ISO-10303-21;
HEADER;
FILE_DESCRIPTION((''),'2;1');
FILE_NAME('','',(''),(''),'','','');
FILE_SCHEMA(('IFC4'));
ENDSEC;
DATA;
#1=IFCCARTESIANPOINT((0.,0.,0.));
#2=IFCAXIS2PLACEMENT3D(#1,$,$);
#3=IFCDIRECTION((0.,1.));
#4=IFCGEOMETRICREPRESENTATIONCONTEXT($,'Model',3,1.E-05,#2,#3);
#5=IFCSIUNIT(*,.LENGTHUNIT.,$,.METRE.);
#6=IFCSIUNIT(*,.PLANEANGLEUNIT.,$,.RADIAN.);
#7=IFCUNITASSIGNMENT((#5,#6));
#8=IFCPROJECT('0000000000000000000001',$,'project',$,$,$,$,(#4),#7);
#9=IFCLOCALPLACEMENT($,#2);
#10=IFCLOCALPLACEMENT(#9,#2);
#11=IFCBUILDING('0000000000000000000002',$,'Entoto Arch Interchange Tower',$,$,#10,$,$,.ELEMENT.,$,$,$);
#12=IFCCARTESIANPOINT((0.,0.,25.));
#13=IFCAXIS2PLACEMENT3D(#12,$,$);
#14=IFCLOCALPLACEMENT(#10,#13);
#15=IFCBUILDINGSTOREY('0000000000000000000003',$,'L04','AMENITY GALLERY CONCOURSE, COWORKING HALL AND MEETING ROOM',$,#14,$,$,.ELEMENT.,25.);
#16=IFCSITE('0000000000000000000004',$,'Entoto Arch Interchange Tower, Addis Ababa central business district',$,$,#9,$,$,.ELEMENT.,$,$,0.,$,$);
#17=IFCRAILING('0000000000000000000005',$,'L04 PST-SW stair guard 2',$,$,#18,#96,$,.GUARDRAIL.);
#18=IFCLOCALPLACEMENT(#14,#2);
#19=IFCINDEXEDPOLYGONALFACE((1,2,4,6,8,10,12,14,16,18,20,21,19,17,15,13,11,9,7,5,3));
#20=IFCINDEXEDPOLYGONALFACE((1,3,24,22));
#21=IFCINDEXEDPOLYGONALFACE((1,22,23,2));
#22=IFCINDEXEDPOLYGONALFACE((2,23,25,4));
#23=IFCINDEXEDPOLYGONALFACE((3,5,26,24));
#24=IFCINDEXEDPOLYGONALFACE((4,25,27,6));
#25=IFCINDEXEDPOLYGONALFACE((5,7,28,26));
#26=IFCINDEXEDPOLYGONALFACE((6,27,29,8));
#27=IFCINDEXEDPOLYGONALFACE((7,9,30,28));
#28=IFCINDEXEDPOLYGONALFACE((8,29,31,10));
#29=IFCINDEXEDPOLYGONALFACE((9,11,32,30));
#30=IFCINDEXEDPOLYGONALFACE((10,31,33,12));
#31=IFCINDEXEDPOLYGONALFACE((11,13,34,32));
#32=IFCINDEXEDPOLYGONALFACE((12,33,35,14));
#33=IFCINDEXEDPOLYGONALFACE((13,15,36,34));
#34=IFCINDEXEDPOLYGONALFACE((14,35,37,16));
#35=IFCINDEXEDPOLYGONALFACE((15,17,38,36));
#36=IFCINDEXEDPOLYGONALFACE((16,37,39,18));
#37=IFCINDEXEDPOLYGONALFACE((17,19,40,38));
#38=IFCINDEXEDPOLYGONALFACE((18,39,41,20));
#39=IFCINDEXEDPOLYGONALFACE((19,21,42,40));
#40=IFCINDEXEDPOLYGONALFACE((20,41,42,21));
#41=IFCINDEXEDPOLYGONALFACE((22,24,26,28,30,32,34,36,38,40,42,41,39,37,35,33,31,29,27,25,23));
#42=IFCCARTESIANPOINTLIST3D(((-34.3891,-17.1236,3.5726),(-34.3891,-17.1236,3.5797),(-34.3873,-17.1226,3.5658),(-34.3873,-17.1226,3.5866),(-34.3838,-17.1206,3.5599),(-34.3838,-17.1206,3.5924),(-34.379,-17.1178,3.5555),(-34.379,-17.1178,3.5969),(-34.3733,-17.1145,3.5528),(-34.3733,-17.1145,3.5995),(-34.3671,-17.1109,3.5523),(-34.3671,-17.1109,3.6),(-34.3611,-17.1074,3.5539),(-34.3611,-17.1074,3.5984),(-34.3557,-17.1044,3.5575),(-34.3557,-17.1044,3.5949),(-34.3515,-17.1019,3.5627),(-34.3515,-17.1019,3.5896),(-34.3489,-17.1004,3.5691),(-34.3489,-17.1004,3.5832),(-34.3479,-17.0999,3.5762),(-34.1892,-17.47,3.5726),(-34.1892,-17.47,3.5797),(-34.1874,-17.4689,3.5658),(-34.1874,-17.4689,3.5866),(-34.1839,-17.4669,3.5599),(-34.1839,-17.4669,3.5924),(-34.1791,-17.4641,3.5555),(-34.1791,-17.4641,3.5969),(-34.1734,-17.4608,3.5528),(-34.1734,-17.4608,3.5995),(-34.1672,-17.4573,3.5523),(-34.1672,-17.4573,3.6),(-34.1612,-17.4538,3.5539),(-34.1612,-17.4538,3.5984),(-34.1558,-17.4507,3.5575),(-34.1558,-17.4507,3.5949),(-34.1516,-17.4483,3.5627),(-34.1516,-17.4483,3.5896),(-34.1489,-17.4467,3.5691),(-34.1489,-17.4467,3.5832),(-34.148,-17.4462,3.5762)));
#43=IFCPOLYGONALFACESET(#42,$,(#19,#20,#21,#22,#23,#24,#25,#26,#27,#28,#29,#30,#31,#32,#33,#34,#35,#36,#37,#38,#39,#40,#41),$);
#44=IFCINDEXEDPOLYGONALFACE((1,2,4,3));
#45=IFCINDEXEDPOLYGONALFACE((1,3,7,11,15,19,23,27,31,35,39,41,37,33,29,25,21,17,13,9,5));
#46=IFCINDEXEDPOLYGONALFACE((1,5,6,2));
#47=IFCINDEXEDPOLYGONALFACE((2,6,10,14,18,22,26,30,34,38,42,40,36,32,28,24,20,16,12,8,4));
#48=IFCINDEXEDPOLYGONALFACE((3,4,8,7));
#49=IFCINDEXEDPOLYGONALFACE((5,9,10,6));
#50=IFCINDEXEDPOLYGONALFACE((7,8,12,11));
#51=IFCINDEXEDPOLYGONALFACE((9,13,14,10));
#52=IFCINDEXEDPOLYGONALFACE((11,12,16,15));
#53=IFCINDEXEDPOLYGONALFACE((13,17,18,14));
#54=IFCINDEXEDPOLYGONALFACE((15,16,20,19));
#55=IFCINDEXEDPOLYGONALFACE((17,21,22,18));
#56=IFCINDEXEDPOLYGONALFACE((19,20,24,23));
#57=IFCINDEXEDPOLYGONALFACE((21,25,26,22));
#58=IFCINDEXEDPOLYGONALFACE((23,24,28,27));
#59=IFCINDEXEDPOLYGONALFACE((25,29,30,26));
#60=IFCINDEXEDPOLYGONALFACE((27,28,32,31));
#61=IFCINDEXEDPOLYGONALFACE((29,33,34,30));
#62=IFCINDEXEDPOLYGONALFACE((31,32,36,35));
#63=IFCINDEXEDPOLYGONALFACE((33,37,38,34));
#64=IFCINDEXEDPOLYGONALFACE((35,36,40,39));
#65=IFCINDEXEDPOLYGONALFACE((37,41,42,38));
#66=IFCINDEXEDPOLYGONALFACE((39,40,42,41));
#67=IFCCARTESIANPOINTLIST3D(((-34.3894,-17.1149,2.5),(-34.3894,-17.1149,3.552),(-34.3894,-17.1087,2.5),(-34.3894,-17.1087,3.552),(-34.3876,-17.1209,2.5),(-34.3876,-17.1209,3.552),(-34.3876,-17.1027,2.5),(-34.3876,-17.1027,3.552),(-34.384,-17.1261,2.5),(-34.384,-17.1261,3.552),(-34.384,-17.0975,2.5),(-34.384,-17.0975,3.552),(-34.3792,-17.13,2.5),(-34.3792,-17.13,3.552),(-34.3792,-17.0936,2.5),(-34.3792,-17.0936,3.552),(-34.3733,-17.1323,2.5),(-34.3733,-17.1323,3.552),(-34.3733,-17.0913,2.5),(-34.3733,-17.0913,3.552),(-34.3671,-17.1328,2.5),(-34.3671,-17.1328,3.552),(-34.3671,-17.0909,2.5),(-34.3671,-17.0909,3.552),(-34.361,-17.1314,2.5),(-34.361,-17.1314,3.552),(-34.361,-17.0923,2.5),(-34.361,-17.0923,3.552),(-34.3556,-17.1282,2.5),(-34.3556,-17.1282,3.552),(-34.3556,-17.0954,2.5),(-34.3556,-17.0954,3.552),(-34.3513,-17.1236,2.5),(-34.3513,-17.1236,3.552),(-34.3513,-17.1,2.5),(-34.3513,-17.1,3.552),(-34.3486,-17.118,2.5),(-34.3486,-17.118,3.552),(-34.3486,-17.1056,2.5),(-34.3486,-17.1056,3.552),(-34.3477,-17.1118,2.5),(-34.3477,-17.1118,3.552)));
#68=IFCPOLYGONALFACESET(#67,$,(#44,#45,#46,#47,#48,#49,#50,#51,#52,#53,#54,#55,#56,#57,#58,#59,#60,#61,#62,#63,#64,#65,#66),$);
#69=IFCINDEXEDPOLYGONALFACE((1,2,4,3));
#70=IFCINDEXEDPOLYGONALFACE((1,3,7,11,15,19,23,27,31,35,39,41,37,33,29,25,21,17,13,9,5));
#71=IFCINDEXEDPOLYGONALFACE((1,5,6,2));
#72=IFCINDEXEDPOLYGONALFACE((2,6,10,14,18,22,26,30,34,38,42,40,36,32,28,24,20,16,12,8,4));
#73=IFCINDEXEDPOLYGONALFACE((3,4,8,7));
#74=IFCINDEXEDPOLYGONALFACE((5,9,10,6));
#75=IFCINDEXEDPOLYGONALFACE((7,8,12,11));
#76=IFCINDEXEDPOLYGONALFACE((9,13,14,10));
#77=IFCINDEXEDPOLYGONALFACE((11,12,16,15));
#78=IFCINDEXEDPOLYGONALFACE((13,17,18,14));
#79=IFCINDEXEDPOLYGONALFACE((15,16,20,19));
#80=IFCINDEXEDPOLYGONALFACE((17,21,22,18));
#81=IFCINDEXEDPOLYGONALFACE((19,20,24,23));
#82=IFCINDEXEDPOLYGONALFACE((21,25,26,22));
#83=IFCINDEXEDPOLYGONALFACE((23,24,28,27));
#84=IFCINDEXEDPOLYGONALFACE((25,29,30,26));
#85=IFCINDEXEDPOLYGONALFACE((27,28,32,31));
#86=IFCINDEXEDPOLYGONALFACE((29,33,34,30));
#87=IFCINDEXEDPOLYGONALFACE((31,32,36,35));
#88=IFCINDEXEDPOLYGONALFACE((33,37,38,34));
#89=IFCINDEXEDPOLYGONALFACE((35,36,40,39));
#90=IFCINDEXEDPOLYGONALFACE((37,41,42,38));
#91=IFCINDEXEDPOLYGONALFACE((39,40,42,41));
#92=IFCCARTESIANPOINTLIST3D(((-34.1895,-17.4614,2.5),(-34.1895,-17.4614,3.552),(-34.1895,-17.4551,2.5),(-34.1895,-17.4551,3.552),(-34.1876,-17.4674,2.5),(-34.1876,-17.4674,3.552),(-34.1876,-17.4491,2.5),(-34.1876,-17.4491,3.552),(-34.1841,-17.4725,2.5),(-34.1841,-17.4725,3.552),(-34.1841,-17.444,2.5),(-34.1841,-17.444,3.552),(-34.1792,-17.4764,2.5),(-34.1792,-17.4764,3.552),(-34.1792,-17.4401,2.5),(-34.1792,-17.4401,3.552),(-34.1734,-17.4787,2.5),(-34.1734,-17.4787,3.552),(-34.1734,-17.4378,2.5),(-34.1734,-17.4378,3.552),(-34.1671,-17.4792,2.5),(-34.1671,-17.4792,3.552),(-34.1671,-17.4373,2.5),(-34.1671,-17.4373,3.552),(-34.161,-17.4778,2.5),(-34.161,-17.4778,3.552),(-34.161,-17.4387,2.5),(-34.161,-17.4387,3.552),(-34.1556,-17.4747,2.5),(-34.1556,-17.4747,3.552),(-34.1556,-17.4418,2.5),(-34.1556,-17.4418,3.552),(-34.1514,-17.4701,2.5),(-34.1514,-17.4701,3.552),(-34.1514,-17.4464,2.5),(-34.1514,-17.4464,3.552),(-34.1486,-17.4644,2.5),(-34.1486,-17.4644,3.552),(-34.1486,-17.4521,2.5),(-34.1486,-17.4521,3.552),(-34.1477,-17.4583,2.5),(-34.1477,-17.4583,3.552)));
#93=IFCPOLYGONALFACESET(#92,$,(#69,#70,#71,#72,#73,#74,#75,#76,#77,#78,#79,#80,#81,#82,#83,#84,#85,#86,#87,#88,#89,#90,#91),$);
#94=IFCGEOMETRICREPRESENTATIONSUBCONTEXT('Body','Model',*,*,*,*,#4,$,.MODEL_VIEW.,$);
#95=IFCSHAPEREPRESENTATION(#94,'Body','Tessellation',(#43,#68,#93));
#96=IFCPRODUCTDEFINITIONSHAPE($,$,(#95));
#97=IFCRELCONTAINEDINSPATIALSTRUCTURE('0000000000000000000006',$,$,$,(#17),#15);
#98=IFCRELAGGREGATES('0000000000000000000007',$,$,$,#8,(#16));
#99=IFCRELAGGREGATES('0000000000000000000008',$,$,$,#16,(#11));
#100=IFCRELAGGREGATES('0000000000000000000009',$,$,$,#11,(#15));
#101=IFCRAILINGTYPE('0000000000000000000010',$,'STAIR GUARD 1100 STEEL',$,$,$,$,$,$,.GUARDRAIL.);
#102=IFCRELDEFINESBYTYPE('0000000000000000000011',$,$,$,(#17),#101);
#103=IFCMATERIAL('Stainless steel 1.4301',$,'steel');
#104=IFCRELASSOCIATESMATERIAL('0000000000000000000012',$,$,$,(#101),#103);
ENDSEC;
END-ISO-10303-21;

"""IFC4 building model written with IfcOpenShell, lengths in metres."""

from ifc_helpers import new_model, si_unit, direction, frame, origin, origin_2d, place, context, subcontext, project, spatial, circle, extrude, material, type_object, element, save


model = new_model("IFC4")

# Units and contexts
model_context = context("Model", 3, precision=1e-05, world=origin(), true_north=direction((0.0, 1.0)))
body_context = subcontext(model_context, "Body", "Model", "MODEL_VIEW")
ifc_project = project(units=[si_unit("LENGTHUNIT", "METRE"), si_unit("PLANEANGLEUNIT", "RADIAN")], contexts=[model_context])

# Site, building, storey
site_placement = place(None, origin())
site = spatial("IfcSite", under=ifc_project, at=site_placement, Name="Entoto Arch Interchange Tower, Addis Ababa central business district", CompositionType="ELEMENT", RefElevation=0.0)
building_placement = place(site_placement, origin())
building = spatial("IfcBuilding", under=site, at=building_placement, Name="Entoto Arch Interchange Tower", CompositionType="ELEMENT")
storey_placement = place(building_placement, frame((0.0, 0.0, 25.0)))
storey = spatial("IfcBuildingStorey", under=building, at=storey_placement, Name="L04", Description="AMENITY GALLERY CONCOURSE, COWORKING HALL AND MEETING ROOM", CompositionType="ELEMENT", Elevation=25.0)

# Railing
ifc_material_1 = material(Name="Stainless steel 1.4301", Category="steel")
railing_type_1 = type_object("IfcRailingType", Name="STAIR GUARD 1100 STEEL", PredefinedType="GUARDRAIL", material=ifc_material_1)
railing_1_placement = place(storey_placement, frame((-34.3687, -17.1118, 2.5)))
element("IfcRailing", 1, at=railing_1_placement, inside=storey, type_object=railing_type_1, Name="L04 PST-SW stair guard 2", PredefinedType="GUARDRAIL", context=body_context, shape_type="SweptSolid", body=[
    extrude(circle(Radius=0.0239, at=origin_2d()), frame((0.0, 0.0, 1.0762), z_axis=(0.499881, -0.866094, 0.0), x_axis=(0.866094, 0.499881, 0.0)), (0.0, 0.0, 1.0), 0.3999),
    extrude(circle(Radius=0.021, at=origin_2d()), origin(), (0.0, 0.0, 1.0), 1.052),
    extrude(circle(Radius=0.021, at=origin_2d()), frame((0.2, -0.3464, 0.0)), (0.0, 0.0, 1.0), 1.052),
])

save(model, "model.ifc")
